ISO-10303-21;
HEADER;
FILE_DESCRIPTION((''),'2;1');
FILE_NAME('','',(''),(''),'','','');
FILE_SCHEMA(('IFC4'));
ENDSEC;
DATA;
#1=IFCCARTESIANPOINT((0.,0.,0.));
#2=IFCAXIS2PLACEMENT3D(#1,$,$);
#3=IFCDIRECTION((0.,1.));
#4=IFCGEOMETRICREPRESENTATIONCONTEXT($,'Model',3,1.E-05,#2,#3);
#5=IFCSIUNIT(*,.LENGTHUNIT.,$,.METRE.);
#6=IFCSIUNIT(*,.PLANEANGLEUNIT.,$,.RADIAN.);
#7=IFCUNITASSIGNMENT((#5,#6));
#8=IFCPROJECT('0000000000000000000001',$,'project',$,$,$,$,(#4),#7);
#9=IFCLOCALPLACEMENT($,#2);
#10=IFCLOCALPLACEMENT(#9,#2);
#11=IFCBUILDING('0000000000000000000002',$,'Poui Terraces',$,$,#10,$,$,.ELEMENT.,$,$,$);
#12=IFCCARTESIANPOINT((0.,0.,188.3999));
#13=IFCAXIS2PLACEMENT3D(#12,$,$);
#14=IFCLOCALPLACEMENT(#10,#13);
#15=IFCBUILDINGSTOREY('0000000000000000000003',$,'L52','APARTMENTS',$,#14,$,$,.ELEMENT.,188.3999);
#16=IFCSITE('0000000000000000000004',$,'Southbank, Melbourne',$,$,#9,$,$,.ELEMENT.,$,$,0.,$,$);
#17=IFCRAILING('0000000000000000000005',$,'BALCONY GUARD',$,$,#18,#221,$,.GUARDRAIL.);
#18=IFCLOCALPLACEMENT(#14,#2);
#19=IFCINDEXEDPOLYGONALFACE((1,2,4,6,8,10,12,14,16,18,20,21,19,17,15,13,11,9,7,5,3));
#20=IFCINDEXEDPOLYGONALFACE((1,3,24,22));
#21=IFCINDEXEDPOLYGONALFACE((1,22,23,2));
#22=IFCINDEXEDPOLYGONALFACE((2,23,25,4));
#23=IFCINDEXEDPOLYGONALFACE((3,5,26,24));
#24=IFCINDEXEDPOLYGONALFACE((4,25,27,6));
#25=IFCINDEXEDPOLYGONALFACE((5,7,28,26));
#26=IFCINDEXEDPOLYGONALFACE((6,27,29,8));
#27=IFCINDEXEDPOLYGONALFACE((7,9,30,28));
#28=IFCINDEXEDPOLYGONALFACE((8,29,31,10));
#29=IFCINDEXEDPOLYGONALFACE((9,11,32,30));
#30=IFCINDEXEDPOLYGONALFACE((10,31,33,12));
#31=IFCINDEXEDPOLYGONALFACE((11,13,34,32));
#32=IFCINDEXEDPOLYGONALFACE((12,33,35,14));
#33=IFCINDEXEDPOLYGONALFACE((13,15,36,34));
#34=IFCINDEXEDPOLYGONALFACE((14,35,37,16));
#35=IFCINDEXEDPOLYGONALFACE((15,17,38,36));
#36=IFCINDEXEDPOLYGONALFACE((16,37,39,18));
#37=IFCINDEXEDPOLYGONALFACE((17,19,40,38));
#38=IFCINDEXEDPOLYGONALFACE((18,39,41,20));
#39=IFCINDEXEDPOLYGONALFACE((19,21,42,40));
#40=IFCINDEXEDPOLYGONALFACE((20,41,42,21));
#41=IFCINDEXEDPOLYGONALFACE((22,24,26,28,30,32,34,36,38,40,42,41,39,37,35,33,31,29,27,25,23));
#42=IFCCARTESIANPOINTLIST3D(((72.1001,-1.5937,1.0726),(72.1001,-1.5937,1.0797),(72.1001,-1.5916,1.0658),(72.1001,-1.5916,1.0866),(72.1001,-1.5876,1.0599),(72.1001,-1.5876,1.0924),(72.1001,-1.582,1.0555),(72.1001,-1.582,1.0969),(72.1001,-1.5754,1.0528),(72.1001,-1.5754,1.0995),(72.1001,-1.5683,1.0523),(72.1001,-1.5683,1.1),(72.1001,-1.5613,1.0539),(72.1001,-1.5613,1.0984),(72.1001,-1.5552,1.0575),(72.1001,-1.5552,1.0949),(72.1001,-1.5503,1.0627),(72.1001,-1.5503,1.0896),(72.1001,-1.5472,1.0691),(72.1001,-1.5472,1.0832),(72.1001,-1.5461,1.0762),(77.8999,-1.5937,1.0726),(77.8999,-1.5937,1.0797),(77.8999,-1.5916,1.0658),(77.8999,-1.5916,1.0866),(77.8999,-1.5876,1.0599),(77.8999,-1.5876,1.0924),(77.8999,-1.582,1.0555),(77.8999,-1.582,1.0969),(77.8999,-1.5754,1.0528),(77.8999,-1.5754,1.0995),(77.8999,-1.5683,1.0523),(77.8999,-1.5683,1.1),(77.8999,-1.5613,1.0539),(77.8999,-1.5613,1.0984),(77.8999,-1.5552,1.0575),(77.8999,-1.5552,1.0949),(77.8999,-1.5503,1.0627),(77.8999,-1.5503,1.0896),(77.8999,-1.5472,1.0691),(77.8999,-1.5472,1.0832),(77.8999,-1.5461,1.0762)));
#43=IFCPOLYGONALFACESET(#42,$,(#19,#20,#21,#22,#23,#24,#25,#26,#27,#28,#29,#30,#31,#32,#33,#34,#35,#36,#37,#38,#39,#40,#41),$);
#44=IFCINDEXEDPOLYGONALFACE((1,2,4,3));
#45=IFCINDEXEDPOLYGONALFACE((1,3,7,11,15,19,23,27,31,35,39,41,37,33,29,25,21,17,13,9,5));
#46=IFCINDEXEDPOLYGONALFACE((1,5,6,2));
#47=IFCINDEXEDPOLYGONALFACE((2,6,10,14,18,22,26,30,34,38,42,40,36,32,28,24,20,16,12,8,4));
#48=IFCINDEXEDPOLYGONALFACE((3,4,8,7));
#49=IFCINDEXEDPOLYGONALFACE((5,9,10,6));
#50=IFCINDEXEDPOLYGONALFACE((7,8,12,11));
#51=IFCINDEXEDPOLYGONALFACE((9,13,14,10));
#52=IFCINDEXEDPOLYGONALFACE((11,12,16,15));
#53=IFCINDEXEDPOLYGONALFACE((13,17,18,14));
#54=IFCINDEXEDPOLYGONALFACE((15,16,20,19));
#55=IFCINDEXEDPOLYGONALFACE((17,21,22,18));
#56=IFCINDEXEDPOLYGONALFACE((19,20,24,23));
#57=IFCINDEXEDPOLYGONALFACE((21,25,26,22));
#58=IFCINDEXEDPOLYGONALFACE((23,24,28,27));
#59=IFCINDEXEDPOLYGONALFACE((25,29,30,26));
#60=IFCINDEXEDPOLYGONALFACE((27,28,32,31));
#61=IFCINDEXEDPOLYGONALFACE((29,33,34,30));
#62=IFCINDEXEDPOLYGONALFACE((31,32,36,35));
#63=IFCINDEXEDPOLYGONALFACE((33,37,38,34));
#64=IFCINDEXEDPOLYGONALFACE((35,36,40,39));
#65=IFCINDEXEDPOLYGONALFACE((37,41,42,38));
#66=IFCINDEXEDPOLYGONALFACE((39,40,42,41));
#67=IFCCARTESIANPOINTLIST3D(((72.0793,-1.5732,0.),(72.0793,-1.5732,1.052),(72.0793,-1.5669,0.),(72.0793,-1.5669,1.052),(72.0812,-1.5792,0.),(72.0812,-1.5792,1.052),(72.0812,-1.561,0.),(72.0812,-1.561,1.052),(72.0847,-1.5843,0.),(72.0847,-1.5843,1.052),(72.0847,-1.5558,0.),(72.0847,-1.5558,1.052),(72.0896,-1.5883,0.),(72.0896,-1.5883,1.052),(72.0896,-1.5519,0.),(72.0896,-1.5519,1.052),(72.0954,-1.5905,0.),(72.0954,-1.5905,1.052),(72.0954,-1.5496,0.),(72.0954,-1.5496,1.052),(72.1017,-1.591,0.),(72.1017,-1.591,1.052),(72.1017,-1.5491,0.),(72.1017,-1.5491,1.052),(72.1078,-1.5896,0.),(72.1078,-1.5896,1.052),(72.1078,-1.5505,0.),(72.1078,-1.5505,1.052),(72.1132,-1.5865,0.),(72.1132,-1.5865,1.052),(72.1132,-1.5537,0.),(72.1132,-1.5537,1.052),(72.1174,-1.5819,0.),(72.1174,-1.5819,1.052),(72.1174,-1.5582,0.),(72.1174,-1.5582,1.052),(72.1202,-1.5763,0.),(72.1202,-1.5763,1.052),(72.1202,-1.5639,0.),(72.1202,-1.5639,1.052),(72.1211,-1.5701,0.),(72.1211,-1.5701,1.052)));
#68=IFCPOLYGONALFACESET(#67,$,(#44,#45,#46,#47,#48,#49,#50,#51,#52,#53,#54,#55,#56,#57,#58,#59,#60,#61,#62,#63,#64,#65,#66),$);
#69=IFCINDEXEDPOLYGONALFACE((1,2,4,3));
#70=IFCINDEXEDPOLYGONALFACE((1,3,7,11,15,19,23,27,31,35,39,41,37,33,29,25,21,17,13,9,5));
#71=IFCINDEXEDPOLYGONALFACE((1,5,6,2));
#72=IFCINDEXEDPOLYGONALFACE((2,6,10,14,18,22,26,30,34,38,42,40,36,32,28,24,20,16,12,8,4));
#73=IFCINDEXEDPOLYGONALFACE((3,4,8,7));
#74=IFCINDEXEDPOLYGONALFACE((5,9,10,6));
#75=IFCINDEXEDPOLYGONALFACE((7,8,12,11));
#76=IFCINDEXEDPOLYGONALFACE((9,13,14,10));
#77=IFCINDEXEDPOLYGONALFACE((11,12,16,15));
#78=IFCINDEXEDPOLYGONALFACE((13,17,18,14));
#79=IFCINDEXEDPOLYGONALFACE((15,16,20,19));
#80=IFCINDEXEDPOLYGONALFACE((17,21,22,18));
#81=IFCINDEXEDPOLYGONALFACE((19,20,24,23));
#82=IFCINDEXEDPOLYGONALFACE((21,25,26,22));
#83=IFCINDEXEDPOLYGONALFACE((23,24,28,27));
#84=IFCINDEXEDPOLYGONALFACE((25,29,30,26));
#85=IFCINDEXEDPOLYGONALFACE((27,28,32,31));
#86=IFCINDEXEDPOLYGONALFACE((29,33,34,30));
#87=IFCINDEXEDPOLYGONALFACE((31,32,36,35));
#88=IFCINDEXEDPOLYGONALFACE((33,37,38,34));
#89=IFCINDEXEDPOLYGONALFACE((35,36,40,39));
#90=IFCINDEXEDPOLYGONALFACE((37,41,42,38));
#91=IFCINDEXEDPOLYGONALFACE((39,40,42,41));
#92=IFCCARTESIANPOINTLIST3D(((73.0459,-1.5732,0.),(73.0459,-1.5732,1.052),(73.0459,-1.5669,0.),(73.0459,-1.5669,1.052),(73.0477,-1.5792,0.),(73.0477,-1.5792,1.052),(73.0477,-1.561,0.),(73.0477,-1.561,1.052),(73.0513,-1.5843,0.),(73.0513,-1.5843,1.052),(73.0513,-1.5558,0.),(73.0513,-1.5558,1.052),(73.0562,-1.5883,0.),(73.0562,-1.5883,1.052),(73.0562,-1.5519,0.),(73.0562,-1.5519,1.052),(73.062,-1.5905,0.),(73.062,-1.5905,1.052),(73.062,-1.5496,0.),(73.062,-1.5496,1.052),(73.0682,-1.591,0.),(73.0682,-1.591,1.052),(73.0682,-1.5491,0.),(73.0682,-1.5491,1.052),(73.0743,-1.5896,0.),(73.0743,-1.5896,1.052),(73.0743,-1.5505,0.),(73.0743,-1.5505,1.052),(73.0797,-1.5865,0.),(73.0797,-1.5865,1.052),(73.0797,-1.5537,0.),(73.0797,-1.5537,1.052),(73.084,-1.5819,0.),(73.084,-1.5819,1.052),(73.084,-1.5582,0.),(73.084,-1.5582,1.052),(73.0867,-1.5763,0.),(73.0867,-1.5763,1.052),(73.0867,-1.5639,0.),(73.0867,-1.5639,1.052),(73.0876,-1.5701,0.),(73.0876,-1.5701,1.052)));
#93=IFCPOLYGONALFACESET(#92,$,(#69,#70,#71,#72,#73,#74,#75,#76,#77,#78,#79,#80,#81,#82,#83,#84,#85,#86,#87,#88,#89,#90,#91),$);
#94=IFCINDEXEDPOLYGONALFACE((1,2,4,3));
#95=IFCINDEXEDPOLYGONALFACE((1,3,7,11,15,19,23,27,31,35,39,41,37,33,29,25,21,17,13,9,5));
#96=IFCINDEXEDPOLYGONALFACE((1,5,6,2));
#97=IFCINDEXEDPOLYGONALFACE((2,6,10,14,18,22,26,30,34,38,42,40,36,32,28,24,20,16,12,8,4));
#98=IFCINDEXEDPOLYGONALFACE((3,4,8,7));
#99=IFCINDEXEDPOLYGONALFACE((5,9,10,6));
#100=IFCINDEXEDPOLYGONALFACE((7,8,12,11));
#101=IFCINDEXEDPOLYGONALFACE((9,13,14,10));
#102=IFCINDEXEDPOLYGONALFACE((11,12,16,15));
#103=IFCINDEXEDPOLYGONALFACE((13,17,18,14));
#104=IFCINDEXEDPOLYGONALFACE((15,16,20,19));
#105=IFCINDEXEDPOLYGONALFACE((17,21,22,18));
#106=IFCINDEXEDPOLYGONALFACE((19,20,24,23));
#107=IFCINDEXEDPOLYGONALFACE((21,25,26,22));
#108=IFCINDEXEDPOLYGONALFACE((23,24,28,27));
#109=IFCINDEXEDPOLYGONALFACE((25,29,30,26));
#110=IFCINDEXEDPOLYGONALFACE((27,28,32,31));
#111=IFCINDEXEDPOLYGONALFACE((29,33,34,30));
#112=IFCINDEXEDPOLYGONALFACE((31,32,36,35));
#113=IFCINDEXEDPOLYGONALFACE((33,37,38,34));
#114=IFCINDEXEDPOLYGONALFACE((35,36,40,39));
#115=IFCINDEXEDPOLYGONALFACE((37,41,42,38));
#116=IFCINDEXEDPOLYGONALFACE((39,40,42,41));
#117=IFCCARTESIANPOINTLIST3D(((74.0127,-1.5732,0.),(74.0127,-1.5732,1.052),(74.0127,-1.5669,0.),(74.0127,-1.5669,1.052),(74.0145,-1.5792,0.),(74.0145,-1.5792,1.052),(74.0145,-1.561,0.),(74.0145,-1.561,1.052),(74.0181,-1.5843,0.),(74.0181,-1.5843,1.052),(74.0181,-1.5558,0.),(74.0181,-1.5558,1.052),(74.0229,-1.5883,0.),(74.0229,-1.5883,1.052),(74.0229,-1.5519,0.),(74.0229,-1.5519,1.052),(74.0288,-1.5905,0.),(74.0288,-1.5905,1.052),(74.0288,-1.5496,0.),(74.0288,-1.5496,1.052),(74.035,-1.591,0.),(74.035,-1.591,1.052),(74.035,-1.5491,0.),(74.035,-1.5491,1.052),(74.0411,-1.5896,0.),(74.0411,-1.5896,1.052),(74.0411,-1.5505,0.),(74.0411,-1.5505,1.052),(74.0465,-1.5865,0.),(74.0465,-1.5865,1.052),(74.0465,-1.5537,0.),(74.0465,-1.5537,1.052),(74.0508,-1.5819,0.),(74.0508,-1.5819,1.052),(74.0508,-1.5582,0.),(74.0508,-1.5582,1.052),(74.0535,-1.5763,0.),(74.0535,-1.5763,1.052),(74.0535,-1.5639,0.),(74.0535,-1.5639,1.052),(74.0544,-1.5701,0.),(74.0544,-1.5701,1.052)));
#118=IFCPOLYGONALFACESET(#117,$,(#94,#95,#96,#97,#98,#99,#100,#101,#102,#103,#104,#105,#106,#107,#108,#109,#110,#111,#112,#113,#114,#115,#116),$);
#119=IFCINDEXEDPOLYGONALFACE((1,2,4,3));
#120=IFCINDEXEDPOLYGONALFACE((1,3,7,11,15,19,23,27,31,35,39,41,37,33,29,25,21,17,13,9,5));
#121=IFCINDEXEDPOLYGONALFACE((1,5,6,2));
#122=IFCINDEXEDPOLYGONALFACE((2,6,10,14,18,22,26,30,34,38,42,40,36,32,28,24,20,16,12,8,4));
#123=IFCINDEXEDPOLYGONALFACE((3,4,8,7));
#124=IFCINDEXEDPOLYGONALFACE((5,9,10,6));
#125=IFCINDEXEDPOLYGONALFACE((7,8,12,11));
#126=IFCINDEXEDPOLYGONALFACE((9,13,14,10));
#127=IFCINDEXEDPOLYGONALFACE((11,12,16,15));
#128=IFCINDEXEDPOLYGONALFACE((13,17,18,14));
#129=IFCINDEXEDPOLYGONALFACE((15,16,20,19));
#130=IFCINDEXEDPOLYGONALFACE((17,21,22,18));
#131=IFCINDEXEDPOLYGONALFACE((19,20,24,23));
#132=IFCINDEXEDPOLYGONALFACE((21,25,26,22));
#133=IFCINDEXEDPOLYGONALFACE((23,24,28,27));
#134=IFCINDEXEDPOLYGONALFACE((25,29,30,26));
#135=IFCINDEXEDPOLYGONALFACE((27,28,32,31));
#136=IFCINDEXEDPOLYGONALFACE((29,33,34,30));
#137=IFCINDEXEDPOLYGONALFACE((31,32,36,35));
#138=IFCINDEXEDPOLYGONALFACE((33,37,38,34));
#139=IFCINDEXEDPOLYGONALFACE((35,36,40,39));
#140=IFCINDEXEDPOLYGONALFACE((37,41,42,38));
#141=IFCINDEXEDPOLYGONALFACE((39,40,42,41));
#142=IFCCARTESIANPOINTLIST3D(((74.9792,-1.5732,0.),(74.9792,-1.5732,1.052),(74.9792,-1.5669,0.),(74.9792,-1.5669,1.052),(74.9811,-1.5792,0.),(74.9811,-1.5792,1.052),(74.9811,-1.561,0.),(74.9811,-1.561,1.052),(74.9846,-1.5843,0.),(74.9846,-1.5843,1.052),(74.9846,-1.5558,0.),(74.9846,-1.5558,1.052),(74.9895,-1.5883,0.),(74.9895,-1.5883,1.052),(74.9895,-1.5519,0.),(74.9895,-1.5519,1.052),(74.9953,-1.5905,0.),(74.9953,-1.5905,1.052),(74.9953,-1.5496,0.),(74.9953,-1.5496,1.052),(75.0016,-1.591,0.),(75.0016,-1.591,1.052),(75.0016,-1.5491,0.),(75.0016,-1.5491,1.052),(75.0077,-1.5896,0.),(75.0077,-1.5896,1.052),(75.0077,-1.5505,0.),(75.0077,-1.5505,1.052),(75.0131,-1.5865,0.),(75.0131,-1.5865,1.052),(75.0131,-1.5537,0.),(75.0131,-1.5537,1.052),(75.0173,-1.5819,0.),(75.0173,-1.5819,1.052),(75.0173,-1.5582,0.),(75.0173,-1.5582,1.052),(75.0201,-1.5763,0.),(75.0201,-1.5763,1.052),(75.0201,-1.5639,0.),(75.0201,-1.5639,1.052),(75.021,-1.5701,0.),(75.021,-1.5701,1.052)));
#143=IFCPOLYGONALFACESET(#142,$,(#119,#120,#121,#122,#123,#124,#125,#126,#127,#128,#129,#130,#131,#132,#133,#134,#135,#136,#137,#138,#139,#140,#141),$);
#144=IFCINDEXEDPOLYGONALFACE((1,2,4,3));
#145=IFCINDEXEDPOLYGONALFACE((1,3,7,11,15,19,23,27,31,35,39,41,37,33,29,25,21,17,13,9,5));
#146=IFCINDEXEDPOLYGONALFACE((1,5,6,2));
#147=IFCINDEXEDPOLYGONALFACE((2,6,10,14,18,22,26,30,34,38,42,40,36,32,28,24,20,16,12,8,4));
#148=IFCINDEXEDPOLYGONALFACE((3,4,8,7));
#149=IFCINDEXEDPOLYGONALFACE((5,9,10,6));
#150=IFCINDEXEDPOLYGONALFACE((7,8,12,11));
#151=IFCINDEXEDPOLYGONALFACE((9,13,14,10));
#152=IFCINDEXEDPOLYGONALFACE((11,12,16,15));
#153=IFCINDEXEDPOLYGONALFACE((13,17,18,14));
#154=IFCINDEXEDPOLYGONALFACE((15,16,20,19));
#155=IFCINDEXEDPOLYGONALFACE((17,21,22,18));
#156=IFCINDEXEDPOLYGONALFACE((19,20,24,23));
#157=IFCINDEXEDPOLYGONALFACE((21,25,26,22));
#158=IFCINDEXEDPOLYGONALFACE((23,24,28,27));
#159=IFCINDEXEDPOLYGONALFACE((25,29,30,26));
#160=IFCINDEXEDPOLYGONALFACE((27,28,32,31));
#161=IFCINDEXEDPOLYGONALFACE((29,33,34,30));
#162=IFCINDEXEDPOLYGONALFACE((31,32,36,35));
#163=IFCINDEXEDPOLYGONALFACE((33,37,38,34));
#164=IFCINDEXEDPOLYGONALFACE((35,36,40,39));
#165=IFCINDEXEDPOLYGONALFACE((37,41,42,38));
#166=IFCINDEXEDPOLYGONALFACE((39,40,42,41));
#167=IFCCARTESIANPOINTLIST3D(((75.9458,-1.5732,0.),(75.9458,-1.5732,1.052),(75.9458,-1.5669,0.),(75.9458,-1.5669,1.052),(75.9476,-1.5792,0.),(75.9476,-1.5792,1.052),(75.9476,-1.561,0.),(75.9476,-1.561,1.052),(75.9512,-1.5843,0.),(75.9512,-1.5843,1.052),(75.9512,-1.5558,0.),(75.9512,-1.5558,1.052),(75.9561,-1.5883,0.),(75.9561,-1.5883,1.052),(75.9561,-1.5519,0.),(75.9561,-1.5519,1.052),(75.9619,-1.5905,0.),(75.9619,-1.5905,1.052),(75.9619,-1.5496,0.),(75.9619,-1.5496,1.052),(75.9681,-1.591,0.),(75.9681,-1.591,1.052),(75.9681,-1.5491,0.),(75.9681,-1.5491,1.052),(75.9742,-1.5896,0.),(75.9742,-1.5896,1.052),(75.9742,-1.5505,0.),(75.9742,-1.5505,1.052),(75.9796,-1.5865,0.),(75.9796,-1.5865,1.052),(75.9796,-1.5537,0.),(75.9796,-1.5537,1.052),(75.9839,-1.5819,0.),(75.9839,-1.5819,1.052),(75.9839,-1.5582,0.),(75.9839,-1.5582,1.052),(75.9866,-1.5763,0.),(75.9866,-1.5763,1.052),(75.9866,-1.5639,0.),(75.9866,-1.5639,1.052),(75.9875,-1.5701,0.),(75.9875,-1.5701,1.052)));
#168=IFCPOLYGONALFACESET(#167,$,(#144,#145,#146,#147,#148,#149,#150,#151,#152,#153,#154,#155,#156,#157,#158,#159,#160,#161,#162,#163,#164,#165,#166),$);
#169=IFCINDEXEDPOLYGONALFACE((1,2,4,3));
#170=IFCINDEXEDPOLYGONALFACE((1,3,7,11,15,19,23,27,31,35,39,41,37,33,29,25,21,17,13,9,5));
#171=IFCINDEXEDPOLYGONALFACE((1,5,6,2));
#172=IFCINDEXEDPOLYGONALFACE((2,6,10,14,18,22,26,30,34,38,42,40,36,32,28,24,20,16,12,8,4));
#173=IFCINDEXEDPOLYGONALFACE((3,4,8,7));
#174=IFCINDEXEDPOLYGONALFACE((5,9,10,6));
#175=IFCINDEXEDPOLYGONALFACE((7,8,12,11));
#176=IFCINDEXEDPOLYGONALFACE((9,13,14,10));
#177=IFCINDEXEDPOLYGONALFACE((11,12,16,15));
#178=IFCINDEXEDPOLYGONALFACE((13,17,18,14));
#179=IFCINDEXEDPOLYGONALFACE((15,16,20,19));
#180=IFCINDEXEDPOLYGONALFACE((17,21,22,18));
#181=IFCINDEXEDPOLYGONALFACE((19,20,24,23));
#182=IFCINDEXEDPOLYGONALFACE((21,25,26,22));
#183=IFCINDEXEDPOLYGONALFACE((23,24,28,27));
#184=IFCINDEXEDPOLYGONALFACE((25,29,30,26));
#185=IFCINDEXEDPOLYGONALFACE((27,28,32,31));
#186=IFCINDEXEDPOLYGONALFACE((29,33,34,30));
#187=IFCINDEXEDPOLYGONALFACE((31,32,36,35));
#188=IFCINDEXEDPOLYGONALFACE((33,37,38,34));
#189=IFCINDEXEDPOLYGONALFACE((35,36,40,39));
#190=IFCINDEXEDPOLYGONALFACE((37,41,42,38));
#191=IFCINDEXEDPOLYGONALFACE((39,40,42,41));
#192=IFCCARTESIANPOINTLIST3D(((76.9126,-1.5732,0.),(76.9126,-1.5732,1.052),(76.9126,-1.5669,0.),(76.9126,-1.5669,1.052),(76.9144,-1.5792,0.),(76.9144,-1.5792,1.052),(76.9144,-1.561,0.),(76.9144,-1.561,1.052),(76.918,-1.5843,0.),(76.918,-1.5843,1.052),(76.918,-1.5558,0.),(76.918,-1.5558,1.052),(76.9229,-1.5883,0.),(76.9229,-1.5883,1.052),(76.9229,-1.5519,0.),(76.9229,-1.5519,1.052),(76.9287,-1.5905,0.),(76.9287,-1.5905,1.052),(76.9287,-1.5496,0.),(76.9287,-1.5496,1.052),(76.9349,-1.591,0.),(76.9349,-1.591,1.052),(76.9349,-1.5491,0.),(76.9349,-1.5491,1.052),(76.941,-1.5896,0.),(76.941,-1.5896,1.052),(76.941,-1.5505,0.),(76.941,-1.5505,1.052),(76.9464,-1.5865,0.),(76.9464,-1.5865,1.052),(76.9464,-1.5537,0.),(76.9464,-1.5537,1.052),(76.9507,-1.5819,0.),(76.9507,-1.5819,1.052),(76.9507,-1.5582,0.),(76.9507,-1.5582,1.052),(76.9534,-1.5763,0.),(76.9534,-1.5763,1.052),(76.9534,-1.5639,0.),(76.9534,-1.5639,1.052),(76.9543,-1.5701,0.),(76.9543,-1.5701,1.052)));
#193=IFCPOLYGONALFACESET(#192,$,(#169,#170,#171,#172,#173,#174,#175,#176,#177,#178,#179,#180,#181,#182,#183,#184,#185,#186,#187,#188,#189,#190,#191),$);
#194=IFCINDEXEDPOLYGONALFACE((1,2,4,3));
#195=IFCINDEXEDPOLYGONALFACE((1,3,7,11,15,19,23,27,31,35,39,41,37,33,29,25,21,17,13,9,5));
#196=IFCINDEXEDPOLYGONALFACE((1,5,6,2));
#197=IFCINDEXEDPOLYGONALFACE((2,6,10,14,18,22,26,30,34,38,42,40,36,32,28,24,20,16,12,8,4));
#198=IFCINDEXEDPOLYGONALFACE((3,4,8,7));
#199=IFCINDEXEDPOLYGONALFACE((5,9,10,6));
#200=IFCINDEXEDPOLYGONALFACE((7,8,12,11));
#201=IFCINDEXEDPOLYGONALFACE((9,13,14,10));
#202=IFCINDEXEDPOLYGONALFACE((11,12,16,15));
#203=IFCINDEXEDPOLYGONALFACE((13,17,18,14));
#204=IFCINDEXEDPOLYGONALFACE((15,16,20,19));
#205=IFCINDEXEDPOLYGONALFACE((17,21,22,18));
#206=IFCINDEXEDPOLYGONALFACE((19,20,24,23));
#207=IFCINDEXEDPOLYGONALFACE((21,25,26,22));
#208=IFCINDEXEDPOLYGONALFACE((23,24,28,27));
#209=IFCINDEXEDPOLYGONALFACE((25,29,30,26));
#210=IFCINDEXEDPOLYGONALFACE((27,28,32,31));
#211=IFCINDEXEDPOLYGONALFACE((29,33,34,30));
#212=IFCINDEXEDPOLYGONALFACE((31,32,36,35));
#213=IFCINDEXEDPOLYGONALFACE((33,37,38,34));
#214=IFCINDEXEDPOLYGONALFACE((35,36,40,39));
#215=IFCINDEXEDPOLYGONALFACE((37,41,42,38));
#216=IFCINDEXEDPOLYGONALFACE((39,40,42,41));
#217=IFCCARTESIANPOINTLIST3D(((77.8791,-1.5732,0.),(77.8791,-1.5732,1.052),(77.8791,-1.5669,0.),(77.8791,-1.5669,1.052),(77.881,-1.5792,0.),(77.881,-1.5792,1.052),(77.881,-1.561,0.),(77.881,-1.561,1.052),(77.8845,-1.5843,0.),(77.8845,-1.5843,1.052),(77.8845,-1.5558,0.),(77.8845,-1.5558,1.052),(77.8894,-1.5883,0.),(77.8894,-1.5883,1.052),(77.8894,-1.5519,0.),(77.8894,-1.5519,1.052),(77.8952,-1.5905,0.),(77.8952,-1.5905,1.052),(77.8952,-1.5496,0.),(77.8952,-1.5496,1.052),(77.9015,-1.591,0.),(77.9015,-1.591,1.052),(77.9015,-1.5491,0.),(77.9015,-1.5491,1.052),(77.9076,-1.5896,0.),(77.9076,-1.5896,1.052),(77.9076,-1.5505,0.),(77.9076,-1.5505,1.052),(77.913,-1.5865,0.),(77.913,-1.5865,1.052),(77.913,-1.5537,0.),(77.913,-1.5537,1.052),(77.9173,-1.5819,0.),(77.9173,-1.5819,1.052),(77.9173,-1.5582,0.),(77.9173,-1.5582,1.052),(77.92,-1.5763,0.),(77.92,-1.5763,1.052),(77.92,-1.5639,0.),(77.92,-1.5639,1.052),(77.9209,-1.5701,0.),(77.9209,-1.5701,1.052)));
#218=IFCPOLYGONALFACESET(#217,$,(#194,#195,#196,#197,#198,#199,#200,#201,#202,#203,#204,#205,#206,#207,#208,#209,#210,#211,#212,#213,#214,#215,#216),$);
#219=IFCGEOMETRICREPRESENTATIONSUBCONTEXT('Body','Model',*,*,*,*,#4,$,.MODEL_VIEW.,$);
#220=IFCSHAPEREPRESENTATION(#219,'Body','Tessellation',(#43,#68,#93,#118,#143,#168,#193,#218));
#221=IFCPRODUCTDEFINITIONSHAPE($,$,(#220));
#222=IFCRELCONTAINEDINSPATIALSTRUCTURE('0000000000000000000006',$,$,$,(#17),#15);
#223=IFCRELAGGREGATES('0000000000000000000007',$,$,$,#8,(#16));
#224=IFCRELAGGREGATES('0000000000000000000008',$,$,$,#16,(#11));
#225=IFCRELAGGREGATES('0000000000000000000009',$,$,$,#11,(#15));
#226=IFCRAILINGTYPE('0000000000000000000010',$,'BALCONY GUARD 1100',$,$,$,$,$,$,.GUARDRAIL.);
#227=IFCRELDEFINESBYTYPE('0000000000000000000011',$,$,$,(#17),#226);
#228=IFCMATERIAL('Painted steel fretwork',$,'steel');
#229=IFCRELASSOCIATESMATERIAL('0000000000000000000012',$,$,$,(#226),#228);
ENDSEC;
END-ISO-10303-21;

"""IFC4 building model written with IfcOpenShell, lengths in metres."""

from ifc_helpers import new_model, si_unit, direction, frame, origin, origin_2d, place, context, subcontext, project, spatial, circle, extrude, material, type_object, element, save


model = new_model("IFC4")

# Units and contexts
model_context = context("Model", 3, precision=1e-05, world=origin(), true_north=direction((0.0, 1.0)))
body_context = subcontext(model_context, "Body", "Model", "MODEL_VIEW")
ifc_project = project(units=[si_unit("LENGTHUNIT", "METRE"), si_unit("PLANEANGLEUNIT", "RADIAN")], contexts=[model_context])

# Site, building, storey
site_placement = place(None, origin())
site = spatial("IfcSite", under=ifc_project, at=site_placement, Name="Southbank, Melbourne", CompositionType="ELEMENT", RefElevation=0.0)
building_placement = place(site_placement, origin())
building = spatial("IfcBuilding", under=site, at=building_placement, Name="Poui Terraces", CompositionType="ELEMENT")
storey_placement = place(building_placement, frame((0.0, 0.0, 188.3999)))
storey = spatial("IfcBuildingStorey", under=building, at=storey_placement, Name="L52", Description="APARTMENTS", CompositionType="ELEMENT", Elevation=188.3999)

# Railing
ifc_material_1 = material(Name="Painted steel fretwork", Category="steel")
railing_type = type_object("IfcRailingType", Name="BALCONY GUARD 1100", PredefinedType="GUARDRAIL", material=ifc_material_1)
railing_placement = place(storey_placement, frame((72.1001, -1.5701, 0.0)))
element("IfcRailing", 1, at=railing_placement, inside=storey, type_object=railing_type, Name="BALCONY GUARD", PredefinedType="GUARDRAIL", context=body_context, shape_type="SweptSolid", body=[
    extrude(circle(Radius=0.0239, at=origin_2d()), frame((0.0, 0.0, 1.0762), z_axis=(1.0, 0.0, 0.0), x_axis=(0.0, 1.0, 0.0)), (0.0, 0.0, 1.0), 5.7998),
    extrude(circle(Radius=0.021, at=origin_2d()), origin(), (0.0, 0.0, 1.0), 1.052),
    extrude(circle(Radius=0.021, at=origin_2d()), frame((0.9666, 0.0, 0.0)), (0.0, 0.0, 1.0), 1.052),
    extrude(circle(Radius=0.021, at=origin_2d()), frame((1.9333, 0.0, 0.0)), (0.0, 0.0, 1.0), 1.052),
    extrude(circle(Radius=0.021, at=origin_2d()), frame((2.8999, 0.0, 0.0)), (0.0, 0.0, 1.0), 1.052),
    extrude(circle(Radius=0.021, at=origin_2d()), frame((3.8665, 0.0, 0.0)), (0.0, 0.0, 1.0), 1.052),
    extrude(circle(Radius=0.021, at=origin_2d()), frame((4.8333, 0.0, 0.0)), (0.0, 0.0, 1.0), 1.052),
    extrude(circle(Radius=0.021, at=origin_2d()), frame((5.7998, 0.0, 0.0)), (0.0, 0.0, 1.0), 1.052),
])

save(model, "model.ifc")
